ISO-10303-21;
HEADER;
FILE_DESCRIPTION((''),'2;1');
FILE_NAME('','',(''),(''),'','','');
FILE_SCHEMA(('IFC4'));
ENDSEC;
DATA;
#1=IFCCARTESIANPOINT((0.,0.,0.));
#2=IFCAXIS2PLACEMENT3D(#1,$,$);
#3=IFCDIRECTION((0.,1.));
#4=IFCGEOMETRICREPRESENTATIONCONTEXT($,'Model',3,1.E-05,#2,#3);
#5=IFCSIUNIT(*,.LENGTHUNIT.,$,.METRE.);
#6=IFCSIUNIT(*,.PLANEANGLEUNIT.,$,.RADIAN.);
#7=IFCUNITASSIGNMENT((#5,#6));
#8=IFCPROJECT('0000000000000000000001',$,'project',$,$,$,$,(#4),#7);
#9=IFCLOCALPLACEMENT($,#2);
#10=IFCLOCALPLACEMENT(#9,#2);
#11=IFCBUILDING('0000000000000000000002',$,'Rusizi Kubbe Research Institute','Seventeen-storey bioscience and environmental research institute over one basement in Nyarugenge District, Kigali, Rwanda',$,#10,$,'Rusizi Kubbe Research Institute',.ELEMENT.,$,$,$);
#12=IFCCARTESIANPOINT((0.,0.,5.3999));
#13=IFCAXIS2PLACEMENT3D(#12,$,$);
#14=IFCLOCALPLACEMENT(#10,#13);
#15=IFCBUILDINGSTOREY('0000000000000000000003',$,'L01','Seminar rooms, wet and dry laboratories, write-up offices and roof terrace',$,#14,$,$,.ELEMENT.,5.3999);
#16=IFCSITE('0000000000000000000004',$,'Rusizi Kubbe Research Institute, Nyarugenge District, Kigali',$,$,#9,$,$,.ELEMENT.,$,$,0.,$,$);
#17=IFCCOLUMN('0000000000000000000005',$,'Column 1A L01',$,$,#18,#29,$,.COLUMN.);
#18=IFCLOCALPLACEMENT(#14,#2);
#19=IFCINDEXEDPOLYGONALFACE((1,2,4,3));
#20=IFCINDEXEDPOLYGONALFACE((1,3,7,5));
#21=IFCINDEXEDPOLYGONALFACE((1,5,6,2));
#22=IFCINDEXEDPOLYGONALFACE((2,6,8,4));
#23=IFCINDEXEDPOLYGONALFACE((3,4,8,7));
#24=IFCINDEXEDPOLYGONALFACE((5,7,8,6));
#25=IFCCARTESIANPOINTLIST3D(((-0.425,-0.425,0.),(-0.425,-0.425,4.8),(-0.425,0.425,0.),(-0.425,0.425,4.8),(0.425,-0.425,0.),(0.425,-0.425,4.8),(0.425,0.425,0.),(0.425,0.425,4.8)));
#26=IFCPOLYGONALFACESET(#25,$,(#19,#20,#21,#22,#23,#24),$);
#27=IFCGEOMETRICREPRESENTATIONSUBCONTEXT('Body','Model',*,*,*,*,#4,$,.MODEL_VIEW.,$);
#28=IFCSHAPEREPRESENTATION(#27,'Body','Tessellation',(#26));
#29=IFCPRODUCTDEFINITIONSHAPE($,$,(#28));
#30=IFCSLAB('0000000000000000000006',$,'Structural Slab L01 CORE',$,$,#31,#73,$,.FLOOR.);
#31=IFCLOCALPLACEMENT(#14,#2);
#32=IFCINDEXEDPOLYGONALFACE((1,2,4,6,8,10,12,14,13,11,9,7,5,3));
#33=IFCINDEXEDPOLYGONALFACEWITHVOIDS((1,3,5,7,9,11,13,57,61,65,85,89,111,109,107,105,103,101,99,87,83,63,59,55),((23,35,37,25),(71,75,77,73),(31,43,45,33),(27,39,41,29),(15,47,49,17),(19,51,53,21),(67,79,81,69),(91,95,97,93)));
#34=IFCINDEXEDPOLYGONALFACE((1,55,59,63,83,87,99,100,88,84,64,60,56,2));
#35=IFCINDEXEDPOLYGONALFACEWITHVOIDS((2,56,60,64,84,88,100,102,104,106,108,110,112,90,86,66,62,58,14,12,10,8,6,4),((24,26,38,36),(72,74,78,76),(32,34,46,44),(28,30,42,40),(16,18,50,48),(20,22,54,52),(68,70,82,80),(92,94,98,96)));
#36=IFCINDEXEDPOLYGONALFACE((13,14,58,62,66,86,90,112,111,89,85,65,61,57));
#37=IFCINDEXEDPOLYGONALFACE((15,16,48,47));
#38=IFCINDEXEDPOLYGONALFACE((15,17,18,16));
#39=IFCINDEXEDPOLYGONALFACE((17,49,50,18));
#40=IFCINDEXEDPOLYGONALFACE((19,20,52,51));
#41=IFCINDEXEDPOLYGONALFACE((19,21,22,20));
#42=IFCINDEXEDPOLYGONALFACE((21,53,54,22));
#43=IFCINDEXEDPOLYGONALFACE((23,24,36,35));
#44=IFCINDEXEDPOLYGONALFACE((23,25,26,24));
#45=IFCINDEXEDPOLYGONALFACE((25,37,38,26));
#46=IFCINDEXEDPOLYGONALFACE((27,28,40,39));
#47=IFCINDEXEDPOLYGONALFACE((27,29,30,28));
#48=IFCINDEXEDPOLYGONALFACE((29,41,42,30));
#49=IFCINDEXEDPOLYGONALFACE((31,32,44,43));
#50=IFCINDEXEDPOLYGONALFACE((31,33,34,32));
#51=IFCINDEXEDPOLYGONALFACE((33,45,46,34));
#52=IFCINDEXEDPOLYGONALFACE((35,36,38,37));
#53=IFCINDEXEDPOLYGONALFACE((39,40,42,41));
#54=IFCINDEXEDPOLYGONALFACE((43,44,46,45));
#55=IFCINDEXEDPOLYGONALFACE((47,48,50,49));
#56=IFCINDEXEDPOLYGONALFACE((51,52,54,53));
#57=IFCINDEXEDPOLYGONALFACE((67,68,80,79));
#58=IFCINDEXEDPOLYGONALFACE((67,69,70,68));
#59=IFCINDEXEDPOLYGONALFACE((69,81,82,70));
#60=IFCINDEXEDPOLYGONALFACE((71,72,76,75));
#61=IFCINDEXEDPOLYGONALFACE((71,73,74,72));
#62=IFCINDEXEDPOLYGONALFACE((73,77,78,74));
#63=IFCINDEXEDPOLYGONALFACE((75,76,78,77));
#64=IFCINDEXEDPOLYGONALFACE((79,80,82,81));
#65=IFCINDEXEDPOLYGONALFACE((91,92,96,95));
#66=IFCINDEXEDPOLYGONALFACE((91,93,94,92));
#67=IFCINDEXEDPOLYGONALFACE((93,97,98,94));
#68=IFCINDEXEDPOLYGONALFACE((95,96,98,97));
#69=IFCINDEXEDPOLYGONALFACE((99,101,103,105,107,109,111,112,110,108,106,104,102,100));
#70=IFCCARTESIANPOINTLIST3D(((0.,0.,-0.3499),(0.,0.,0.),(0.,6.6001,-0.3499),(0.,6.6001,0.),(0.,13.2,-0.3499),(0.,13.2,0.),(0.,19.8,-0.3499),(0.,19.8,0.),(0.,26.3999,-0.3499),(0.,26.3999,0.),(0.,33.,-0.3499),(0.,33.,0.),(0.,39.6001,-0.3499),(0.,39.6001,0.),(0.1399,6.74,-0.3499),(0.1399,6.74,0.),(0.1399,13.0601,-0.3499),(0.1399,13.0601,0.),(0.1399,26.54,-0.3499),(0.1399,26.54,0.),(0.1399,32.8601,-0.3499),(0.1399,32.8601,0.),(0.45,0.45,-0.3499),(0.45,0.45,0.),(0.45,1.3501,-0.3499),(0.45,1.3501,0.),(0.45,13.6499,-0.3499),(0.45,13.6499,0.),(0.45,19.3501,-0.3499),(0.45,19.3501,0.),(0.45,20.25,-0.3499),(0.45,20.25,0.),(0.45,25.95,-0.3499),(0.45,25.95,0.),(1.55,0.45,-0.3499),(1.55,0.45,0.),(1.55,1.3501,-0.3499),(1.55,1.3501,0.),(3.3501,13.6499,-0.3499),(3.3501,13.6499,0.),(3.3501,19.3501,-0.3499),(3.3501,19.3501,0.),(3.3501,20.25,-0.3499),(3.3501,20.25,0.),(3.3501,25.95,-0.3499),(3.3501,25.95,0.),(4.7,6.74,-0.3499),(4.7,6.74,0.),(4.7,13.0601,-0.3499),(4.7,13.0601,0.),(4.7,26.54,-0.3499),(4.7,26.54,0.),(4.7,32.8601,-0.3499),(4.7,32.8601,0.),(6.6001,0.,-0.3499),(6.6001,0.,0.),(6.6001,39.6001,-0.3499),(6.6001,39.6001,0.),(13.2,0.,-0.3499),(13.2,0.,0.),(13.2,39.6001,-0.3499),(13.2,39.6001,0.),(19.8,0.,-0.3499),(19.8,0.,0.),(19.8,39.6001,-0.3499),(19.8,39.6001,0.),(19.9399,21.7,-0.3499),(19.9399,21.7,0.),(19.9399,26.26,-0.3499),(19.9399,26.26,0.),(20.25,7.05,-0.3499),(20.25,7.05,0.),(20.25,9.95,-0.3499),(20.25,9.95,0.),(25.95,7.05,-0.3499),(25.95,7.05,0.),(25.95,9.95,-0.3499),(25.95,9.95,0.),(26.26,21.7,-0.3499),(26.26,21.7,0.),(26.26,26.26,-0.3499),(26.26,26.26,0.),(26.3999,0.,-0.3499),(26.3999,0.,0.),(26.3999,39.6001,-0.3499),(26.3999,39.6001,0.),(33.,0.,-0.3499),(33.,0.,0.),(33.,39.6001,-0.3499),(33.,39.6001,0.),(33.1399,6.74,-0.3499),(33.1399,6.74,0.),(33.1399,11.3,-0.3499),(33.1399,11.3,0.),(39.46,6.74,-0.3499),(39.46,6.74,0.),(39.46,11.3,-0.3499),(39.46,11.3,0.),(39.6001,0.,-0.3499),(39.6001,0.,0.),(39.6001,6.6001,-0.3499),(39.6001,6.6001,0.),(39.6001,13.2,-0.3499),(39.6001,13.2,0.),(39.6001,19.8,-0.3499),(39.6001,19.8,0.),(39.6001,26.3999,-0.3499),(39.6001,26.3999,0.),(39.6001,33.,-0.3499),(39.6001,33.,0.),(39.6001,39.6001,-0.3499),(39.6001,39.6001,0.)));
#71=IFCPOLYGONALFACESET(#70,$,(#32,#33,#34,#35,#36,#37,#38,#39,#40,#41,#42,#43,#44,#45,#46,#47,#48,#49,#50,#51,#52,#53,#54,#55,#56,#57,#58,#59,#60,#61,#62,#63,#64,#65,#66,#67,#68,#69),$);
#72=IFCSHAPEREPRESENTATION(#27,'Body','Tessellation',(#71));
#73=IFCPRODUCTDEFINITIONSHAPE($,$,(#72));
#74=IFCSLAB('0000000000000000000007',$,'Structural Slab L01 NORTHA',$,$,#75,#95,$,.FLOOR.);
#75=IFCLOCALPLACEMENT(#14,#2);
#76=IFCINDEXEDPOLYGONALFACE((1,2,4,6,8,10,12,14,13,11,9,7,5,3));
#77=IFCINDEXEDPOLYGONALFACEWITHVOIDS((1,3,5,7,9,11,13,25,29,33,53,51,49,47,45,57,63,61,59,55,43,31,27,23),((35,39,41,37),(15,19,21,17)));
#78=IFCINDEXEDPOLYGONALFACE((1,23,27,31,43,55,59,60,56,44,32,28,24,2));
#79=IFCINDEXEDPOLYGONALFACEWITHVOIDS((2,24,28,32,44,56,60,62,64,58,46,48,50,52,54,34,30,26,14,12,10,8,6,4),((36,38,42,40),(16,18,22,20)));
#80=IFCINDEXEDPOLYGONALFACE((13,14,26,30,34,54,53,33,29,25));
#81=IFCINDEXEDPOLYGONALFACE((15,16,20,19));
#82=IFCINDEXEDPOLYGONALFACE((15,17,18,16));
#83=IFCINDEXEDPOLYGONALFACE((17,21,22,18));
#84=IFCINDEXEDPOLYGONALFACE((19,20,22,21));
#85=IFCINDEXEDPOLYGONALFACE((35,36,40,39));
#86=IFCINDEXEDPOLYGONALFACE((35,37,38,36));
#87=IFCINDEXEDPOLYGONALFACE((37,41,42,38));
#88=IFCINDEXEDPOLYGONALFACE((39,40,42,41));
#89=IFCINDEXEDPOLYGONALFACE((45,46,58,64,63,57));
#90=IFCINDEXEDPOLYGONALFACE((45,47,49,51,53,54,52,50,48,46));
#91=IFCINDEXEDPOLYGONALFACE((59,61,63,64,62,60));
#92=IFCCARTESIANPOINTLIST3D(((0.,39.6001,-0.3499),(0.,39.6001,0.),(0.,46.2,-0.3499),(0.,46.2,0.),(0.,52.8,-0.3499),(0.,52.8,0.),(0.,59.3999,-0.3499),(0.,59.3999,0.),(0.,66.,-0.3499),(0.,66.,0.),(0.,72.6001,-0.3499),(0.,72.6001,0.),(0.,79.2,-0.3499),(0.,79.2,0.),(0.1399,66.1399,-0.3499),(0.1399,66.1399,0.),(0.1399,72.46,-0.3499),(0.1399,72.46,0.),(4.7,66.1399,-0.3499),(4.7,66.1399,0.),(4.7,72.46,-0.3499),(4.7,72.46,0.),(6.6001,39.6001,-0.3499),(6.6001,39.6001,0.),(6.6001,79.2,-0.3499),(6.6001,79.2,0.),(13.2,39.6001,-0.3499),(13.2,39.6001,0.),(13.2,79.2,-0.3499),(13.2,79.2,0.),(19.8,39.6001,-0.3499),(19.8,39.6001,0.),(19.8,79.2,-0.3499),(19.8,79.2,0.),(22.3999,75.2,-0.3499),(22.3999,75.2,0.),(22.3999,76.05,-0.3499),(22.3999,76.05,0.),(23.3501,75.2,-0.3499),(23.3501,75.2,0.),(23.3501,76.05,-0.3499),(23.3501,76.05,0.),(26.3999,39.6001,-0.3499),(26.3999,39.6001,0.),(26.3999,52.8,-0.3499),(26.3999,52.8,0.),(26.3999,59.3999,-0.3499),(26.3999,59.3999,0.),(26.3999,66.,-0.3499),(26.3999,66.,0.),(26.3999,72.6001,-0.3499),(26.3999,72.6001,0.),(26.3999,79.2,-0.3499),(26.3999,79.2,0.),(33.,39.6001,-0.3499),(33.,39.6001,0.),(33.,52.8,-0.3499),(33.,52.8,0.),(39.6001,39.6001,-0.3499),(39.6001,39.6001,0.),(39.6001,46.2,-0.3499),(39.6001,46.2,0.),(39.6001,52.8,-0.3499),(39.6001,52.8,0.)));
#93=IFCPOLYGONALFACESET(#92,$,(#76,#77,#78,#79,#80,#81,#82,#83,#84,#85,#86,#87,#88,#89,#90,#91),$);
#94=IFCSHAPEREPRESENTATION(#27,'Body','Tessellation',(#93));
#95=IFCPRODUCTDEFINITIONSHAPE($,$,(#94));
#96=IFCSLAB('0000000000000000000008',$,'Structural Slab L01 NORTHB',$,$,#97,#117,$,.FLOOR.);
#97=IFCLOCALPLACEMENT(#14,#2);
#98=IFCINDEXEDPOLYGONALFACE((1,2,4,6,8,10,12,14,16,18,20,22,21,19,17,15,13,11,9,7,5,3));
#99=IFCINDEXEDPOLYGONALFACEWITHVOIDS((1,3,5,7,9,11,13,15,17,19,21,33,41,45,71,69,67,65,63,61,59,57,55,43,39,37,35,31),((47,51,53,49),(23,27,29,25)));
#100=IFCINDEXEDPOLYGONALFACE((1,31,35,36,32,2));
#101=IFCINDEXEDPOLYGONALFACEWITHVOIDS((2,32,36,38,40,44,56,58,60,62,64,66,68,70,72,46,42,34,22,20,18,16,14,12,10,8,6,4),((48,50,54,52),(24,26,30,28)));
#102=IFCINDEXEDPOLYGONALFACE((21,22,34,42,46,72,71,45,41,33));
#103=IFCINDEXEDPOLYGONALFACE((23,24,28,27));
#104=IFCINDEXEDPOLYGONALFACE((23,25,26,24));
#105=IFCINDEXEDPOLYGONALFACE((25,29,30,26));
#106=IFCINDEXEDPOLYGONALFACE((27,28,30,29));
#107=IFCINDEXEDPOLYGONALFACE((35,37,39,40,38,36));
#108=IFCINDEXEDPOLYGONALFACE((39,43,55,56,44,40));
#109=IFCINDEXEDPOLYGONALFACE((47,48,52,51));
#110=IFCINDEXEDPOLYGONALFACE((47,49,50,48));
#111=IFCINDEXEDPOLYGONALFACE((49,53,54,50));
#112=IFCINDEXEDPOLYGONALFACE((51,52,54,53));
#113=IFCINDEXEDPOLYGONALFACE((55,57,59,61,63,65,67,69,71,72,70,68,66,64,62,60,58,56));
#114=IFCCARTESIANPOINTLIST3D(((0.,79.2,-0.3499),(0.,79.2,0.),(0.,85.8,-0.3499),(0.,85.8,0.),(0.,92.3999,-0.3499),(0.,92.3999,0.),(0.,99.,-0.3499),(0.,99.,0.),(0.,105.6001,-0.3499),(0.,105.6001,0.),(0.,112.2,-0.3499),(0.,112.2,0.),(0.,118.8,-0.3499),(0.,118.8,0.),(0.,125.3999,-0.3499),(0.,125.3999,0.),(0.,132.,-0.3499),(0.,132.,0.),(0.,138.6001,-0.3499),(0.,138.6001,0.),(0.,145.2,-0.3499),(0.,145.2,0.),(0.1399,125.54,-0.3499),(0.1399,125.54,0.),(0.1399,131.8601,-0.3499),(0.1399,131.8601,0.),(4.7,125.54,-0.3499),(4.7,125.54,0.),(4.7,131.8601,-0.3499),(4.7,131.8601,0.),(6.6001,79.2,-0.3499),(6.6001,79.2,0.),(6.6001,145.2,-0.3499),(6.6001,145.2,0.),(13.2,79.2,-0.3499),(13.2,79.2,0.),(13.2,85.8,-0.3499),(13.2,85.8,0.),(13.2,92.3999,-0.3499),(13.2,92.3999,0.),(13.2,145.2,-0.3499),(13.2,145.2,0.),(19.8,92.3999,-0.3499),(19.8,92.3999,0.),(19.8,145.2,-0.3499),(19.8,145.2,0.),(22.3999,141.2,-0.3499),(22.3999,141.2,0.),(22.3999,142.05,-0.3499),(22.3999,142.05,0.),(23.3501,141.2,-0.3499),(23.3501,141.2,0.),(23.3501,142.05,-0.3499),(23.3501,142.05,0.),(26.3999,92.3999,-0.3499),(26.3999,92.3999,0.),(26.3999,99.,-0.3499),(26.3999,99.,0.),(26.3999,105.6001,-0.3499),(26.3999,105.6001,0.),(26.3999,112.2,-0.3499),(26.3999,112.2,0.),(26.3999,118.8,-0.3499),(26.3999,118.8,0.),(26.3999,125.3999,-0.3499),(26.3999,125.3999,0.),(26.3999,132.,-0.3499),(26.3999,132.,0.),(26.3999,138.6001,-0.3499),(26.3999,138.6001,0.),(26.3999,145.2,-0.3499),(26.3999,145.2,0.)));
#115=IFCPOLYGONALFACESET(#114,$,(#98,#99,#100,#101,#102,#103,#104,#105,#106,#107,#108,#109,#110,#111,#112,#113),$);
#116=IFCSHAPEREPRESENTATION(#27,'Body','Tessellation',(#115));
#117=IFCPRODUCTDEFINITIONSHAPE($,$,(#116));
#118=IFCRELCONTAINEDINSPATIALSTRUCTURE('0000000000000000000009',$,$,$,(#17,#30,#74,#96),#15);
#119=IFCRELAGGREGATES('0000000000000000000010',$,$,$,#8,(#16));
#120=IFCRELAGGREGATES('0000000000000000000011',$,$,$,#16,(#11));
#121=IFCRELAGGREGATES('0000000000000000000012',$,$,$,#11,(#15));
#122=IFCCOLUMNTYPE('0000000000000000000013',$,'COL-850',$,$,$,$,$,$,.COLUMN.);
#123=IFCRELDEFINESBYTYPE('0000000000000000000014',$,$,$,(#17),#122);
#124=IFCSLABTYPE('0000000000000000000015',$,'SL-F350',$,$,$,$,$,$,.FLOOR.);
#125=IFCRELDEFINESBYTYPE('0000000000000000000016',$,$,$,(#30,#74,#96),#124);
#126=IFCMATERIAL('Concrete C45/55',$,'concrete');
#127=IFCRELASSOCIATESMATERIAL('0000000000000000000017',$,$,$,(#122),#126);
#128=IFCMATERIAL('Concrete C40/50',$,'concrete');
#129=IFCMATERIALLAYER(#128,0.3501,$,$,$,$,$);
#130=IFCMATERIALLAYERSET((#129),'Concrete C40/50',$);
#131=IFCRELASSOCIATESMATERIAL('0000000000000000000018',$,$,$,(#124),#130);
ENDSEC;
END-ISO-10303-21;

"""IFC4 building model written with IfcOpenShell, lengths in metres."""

from ifc_helpers import new_model, si_unit, direction, frame, origin, origin_with_axes, origin_2d, place, context, subcontext, project, spatial, polyline, rectangle, outline, extrude, material, layer, layer_set, material_profile, profile_set, type_object, element, save


model = new_model("IFC4")

# Units and contexts
model_context = context("Model", 3, precision=1e-05, world=origin(), true_north=direction((0.0, 1.0)))
body_context = subcontext(model_context, "Body", "Model", "MODEL_VIEW")
ifc_project = project(units=[si_unit("LENGTHUNIT", "METRE"), si_unit("PLANEANGLEUNIT", "RADIAN")], contexts=[model_context])

# Site, building, storey
site_placement = place(None, origin())
site = spatial("IfcSite", under=ifc_project, at=site_placement, Name="Rusizi Kubbe Research Institute, Nyarugenge District, Kigali", CompositionType="ELEMENT", RefElevation=0.0)
building_placement = place(site_placement, origin())
building = spatial("IfcBuilding", under=site, at=building_placement, Name="Rusizi Kubbe Research Institute", Description="Seventeen-storey bioscience and environmental research institute over one basement in Nyarugenge District, Kigali, Rwanda", LongName="Rusizi Kubbe Research Institute", CompositionType="ELEMENT")
storey_placement = place(building_placement, frame((0.0, 0.0, 5.3999)))
storey = spatial("IfcBuildingStorey", under=building, at=storey_placement, Name="L01", Description="Seminar rooms, wet and dry laboratories, write-up offices and roof terrace", CompositionType="ELEMENT", Elevation=5.3999)

# Column
ifc_material_1 = material(Name="Concrete C45/55", Category="concrete")
ifc_material_profile = material_profile(ifc_material_1, rectangle(XDim=0.8501, YDim=0.8501, at=origin_2d()), Name="RC850x850")
ifc_profile_set = profile_set([ifc_material_profile], Name="Concrete C45/55")
column_type = type_object("IfcColumnType", Name="COL-850", PredefinedType="COLUMN", material=ifc_profile_set)
column_placement = place(storey_placement, origin_with_axes())
element("IfcColumn", 1, at=column_placement, inside=storey, type_object=column_type, Name="Column 1A L01", PredefinedType="COLUMN", context=body_context, shape_type="SweptSolid", body=[
    extrude(rectangle(XDim=0.8501, YDim=0.8501, at=origin_2d()), origin(), (0.0, 0.0, 1.0), 4.8),
])

# Slabs
ifc_material_2 = material(Name="Concrete C40/50", Category="concrete")
ifc_layer_1 = layer(ifc_material_2, 0.3501)
ifc_layer_set_1 = layer_set([ifc_layer_1], Name="Concrete C40/50")
slab_type_1 = type_object("IfcSlabType", Name="SL-F350", PredefinedType="FLOOR", material=ifc_layer_set_1)
slab_1_placement = place(storey_placement, frame((0.0, 0.0, -0.3499)))
element("IfcSlab", 2, at=slab_1_placement, inside=storey, type_object=slab_type_1, Name="Structural Slab L01 CORE", PredefinedType="FLOOR", context=body_context, shape_type="SweptSolid", body=[
    extrude(outline(polyline([(6.6001, 0.0), (0.0, 0.0), (0.0, 6.6001), (0.0, 13.2), (0.0, 19.8), (0.0, 26.3999), (0.0, 33.0), (0.0, 39.6001), (6.6001, 39.6001), (13.2, 39.6001), (19.8, 39.6001), (26.3999, 39.6001), (33.0, 39.6001), (39.6001, 39.6001), (39.6001, 33.0), (39.6001, 26.3999), (39.6001, 19.8), (39.6001, 13.2), (39.6001, 6.6001), (39.6001, 0.0), (33.0, 0.0), (26.3999, 0.0), (19.8, 0.0), (13.2, 0.0), (6.6001, 0.0)]), holes=[polyline([(0.45, 1.3501), (0.45, 0.45), (1.55, 0.45), (1.55, 1.3501), (0.45, 1.3501)]), polyline([(0.1399, 13.0601), (0.1399, 6.74), (4.7, 6.74), (4.7, 13.0601), (0.1399, 13.0601)]), polyline([(0.45, 19.3501), (0.45, 13.6499), (3.3501, 13.6499), (3.3501, 19.3501), (0.45, 19.3501)]), polyline([(3.3501, 25.95), (0.45, 25.95), (0.45, 20.25), (3.3501, 20.25), (3.3501, 25.95)]), polyline([(4.7, 32.8601), (0.1399, 32.8601), (0.1399, 26.54), (4.7, 26.54), (4.7, 32.8601)]), polyline([(25.95, 9.95), (20.25, 9.95), (20.25, 7.05), (25.95, 7.05), (25.95, 9.95)]), polyline([(39.46, 11.3), (33.1399, 11.3), (33.1399, 6.74), (39.46, 6.74), (39.46, 11.3)]), polyline([(26.26, 26.26), (19.9399, 26.26), (19.9399, 21.7), (26.26, 21.7), (26.26, 26.26)])]), origin(), (0.0, 0.0, 1.0), 0.3499),
])
slab_2_placement = place(storey_placement, frame((0.0, 0.0, -0.3499)))
element("IfcSlab", 3, at=slab_2_placement, inside=storey, type_object=slab_type_1, Name="Structural Slab L01 NORTHA", PredefinedType="FLOOR", context=body_context, shape_type="SweptSolid", body=[
    extrude(outline(polyline([(0.0, 66.0), (0.0, 72.6001), (0.0, 79.2), (6.6001, 79.2), (13.2, 79.2), (19.8, 79.2), (26.3999, 79.2), (26.3999, 72.6001), (26.3999, 66.0), (26.3999, 59.3999), (26.3999, 52.8), (33.0, 52.8), (39.6001, 52.8), (39.6001, 46.2), (39.6001, 39.6001), (33.0, 39.6001), (26.3999, 39.6001), (19.8, 39.6001), (13.2, 39.6001), (6.6001, 39.6001), (0.0, 39.6001), (0.0, 46.2), (0.0, 52.8), (0.0, 59.3999), (0.0, 66.0)]), holes=[polyline([(4.7, 72.46), (0.1399, 72.46), (0.1399, 66.1399), (4.7, 66.1399), (4.7, 72.46)]), polyline([(23.3501, 76.05), (22.3999, 76.05), (22.3999, 75.2), (23.3501, 75.2), (23.3501, 76.05)])]), origin(), (0.0, 0.0, 1.0), 0.3499),
])
slab_3_placement = place(storey_placement, frame((0.0, 0.0, -0.3499)))
element("IfcSlab", 4, at=slab_3_placement, inside=storey, type_object=slab_type_1, Name="Structural Slab L01 NORTHB", PredefinedType="FLOOR", context=body_context, shape_type="SweptSolid", body=[
    extrude(outline(polyline([(0.0, 105.6001), (0.0, 112.2), (0.0, 118.8), (0.0, 125.3999), (0.0, 132.0), (0.0, 138.6001), (0.0, 145.2), (6.6001, 145.2), (13.2, 145.2), (19.8, 145.2), (26.3999, 145.2), (26.3999, 138.6001), (26.3999, 132.0), (26.3999, 125.3999), (26.3999, 118.8), (26.3999, 112.2), (26.3999, 105.6001), (26.3999, 99.0), (26.3999, 92.3999), (19.8, 92.3999), (13.2, 92.3999), (13.2, 85.8), (13.2, 79.2), (6.6001, 79.2), (0.0, 79.2), (0.0, 85.8), (0.0, 92.3999), (0.0, 99.0), (0.0, 105.6001)]), holes=[polyline([(4.7, 131.8601), (0.1399, 131.8601), (0.1399, 125.54), (4.7, 125.54), (4.7, 131.8601)]), polyline([(23.3501, 142.05), (22.3999, 142.05), (22.3999, 141.2), (23.3501, 141.2), (23.3501, 142.05)])]), origin(), (0.0, 0.0, 1.0), 0.3499),
])

save(model, "model.ifc")
